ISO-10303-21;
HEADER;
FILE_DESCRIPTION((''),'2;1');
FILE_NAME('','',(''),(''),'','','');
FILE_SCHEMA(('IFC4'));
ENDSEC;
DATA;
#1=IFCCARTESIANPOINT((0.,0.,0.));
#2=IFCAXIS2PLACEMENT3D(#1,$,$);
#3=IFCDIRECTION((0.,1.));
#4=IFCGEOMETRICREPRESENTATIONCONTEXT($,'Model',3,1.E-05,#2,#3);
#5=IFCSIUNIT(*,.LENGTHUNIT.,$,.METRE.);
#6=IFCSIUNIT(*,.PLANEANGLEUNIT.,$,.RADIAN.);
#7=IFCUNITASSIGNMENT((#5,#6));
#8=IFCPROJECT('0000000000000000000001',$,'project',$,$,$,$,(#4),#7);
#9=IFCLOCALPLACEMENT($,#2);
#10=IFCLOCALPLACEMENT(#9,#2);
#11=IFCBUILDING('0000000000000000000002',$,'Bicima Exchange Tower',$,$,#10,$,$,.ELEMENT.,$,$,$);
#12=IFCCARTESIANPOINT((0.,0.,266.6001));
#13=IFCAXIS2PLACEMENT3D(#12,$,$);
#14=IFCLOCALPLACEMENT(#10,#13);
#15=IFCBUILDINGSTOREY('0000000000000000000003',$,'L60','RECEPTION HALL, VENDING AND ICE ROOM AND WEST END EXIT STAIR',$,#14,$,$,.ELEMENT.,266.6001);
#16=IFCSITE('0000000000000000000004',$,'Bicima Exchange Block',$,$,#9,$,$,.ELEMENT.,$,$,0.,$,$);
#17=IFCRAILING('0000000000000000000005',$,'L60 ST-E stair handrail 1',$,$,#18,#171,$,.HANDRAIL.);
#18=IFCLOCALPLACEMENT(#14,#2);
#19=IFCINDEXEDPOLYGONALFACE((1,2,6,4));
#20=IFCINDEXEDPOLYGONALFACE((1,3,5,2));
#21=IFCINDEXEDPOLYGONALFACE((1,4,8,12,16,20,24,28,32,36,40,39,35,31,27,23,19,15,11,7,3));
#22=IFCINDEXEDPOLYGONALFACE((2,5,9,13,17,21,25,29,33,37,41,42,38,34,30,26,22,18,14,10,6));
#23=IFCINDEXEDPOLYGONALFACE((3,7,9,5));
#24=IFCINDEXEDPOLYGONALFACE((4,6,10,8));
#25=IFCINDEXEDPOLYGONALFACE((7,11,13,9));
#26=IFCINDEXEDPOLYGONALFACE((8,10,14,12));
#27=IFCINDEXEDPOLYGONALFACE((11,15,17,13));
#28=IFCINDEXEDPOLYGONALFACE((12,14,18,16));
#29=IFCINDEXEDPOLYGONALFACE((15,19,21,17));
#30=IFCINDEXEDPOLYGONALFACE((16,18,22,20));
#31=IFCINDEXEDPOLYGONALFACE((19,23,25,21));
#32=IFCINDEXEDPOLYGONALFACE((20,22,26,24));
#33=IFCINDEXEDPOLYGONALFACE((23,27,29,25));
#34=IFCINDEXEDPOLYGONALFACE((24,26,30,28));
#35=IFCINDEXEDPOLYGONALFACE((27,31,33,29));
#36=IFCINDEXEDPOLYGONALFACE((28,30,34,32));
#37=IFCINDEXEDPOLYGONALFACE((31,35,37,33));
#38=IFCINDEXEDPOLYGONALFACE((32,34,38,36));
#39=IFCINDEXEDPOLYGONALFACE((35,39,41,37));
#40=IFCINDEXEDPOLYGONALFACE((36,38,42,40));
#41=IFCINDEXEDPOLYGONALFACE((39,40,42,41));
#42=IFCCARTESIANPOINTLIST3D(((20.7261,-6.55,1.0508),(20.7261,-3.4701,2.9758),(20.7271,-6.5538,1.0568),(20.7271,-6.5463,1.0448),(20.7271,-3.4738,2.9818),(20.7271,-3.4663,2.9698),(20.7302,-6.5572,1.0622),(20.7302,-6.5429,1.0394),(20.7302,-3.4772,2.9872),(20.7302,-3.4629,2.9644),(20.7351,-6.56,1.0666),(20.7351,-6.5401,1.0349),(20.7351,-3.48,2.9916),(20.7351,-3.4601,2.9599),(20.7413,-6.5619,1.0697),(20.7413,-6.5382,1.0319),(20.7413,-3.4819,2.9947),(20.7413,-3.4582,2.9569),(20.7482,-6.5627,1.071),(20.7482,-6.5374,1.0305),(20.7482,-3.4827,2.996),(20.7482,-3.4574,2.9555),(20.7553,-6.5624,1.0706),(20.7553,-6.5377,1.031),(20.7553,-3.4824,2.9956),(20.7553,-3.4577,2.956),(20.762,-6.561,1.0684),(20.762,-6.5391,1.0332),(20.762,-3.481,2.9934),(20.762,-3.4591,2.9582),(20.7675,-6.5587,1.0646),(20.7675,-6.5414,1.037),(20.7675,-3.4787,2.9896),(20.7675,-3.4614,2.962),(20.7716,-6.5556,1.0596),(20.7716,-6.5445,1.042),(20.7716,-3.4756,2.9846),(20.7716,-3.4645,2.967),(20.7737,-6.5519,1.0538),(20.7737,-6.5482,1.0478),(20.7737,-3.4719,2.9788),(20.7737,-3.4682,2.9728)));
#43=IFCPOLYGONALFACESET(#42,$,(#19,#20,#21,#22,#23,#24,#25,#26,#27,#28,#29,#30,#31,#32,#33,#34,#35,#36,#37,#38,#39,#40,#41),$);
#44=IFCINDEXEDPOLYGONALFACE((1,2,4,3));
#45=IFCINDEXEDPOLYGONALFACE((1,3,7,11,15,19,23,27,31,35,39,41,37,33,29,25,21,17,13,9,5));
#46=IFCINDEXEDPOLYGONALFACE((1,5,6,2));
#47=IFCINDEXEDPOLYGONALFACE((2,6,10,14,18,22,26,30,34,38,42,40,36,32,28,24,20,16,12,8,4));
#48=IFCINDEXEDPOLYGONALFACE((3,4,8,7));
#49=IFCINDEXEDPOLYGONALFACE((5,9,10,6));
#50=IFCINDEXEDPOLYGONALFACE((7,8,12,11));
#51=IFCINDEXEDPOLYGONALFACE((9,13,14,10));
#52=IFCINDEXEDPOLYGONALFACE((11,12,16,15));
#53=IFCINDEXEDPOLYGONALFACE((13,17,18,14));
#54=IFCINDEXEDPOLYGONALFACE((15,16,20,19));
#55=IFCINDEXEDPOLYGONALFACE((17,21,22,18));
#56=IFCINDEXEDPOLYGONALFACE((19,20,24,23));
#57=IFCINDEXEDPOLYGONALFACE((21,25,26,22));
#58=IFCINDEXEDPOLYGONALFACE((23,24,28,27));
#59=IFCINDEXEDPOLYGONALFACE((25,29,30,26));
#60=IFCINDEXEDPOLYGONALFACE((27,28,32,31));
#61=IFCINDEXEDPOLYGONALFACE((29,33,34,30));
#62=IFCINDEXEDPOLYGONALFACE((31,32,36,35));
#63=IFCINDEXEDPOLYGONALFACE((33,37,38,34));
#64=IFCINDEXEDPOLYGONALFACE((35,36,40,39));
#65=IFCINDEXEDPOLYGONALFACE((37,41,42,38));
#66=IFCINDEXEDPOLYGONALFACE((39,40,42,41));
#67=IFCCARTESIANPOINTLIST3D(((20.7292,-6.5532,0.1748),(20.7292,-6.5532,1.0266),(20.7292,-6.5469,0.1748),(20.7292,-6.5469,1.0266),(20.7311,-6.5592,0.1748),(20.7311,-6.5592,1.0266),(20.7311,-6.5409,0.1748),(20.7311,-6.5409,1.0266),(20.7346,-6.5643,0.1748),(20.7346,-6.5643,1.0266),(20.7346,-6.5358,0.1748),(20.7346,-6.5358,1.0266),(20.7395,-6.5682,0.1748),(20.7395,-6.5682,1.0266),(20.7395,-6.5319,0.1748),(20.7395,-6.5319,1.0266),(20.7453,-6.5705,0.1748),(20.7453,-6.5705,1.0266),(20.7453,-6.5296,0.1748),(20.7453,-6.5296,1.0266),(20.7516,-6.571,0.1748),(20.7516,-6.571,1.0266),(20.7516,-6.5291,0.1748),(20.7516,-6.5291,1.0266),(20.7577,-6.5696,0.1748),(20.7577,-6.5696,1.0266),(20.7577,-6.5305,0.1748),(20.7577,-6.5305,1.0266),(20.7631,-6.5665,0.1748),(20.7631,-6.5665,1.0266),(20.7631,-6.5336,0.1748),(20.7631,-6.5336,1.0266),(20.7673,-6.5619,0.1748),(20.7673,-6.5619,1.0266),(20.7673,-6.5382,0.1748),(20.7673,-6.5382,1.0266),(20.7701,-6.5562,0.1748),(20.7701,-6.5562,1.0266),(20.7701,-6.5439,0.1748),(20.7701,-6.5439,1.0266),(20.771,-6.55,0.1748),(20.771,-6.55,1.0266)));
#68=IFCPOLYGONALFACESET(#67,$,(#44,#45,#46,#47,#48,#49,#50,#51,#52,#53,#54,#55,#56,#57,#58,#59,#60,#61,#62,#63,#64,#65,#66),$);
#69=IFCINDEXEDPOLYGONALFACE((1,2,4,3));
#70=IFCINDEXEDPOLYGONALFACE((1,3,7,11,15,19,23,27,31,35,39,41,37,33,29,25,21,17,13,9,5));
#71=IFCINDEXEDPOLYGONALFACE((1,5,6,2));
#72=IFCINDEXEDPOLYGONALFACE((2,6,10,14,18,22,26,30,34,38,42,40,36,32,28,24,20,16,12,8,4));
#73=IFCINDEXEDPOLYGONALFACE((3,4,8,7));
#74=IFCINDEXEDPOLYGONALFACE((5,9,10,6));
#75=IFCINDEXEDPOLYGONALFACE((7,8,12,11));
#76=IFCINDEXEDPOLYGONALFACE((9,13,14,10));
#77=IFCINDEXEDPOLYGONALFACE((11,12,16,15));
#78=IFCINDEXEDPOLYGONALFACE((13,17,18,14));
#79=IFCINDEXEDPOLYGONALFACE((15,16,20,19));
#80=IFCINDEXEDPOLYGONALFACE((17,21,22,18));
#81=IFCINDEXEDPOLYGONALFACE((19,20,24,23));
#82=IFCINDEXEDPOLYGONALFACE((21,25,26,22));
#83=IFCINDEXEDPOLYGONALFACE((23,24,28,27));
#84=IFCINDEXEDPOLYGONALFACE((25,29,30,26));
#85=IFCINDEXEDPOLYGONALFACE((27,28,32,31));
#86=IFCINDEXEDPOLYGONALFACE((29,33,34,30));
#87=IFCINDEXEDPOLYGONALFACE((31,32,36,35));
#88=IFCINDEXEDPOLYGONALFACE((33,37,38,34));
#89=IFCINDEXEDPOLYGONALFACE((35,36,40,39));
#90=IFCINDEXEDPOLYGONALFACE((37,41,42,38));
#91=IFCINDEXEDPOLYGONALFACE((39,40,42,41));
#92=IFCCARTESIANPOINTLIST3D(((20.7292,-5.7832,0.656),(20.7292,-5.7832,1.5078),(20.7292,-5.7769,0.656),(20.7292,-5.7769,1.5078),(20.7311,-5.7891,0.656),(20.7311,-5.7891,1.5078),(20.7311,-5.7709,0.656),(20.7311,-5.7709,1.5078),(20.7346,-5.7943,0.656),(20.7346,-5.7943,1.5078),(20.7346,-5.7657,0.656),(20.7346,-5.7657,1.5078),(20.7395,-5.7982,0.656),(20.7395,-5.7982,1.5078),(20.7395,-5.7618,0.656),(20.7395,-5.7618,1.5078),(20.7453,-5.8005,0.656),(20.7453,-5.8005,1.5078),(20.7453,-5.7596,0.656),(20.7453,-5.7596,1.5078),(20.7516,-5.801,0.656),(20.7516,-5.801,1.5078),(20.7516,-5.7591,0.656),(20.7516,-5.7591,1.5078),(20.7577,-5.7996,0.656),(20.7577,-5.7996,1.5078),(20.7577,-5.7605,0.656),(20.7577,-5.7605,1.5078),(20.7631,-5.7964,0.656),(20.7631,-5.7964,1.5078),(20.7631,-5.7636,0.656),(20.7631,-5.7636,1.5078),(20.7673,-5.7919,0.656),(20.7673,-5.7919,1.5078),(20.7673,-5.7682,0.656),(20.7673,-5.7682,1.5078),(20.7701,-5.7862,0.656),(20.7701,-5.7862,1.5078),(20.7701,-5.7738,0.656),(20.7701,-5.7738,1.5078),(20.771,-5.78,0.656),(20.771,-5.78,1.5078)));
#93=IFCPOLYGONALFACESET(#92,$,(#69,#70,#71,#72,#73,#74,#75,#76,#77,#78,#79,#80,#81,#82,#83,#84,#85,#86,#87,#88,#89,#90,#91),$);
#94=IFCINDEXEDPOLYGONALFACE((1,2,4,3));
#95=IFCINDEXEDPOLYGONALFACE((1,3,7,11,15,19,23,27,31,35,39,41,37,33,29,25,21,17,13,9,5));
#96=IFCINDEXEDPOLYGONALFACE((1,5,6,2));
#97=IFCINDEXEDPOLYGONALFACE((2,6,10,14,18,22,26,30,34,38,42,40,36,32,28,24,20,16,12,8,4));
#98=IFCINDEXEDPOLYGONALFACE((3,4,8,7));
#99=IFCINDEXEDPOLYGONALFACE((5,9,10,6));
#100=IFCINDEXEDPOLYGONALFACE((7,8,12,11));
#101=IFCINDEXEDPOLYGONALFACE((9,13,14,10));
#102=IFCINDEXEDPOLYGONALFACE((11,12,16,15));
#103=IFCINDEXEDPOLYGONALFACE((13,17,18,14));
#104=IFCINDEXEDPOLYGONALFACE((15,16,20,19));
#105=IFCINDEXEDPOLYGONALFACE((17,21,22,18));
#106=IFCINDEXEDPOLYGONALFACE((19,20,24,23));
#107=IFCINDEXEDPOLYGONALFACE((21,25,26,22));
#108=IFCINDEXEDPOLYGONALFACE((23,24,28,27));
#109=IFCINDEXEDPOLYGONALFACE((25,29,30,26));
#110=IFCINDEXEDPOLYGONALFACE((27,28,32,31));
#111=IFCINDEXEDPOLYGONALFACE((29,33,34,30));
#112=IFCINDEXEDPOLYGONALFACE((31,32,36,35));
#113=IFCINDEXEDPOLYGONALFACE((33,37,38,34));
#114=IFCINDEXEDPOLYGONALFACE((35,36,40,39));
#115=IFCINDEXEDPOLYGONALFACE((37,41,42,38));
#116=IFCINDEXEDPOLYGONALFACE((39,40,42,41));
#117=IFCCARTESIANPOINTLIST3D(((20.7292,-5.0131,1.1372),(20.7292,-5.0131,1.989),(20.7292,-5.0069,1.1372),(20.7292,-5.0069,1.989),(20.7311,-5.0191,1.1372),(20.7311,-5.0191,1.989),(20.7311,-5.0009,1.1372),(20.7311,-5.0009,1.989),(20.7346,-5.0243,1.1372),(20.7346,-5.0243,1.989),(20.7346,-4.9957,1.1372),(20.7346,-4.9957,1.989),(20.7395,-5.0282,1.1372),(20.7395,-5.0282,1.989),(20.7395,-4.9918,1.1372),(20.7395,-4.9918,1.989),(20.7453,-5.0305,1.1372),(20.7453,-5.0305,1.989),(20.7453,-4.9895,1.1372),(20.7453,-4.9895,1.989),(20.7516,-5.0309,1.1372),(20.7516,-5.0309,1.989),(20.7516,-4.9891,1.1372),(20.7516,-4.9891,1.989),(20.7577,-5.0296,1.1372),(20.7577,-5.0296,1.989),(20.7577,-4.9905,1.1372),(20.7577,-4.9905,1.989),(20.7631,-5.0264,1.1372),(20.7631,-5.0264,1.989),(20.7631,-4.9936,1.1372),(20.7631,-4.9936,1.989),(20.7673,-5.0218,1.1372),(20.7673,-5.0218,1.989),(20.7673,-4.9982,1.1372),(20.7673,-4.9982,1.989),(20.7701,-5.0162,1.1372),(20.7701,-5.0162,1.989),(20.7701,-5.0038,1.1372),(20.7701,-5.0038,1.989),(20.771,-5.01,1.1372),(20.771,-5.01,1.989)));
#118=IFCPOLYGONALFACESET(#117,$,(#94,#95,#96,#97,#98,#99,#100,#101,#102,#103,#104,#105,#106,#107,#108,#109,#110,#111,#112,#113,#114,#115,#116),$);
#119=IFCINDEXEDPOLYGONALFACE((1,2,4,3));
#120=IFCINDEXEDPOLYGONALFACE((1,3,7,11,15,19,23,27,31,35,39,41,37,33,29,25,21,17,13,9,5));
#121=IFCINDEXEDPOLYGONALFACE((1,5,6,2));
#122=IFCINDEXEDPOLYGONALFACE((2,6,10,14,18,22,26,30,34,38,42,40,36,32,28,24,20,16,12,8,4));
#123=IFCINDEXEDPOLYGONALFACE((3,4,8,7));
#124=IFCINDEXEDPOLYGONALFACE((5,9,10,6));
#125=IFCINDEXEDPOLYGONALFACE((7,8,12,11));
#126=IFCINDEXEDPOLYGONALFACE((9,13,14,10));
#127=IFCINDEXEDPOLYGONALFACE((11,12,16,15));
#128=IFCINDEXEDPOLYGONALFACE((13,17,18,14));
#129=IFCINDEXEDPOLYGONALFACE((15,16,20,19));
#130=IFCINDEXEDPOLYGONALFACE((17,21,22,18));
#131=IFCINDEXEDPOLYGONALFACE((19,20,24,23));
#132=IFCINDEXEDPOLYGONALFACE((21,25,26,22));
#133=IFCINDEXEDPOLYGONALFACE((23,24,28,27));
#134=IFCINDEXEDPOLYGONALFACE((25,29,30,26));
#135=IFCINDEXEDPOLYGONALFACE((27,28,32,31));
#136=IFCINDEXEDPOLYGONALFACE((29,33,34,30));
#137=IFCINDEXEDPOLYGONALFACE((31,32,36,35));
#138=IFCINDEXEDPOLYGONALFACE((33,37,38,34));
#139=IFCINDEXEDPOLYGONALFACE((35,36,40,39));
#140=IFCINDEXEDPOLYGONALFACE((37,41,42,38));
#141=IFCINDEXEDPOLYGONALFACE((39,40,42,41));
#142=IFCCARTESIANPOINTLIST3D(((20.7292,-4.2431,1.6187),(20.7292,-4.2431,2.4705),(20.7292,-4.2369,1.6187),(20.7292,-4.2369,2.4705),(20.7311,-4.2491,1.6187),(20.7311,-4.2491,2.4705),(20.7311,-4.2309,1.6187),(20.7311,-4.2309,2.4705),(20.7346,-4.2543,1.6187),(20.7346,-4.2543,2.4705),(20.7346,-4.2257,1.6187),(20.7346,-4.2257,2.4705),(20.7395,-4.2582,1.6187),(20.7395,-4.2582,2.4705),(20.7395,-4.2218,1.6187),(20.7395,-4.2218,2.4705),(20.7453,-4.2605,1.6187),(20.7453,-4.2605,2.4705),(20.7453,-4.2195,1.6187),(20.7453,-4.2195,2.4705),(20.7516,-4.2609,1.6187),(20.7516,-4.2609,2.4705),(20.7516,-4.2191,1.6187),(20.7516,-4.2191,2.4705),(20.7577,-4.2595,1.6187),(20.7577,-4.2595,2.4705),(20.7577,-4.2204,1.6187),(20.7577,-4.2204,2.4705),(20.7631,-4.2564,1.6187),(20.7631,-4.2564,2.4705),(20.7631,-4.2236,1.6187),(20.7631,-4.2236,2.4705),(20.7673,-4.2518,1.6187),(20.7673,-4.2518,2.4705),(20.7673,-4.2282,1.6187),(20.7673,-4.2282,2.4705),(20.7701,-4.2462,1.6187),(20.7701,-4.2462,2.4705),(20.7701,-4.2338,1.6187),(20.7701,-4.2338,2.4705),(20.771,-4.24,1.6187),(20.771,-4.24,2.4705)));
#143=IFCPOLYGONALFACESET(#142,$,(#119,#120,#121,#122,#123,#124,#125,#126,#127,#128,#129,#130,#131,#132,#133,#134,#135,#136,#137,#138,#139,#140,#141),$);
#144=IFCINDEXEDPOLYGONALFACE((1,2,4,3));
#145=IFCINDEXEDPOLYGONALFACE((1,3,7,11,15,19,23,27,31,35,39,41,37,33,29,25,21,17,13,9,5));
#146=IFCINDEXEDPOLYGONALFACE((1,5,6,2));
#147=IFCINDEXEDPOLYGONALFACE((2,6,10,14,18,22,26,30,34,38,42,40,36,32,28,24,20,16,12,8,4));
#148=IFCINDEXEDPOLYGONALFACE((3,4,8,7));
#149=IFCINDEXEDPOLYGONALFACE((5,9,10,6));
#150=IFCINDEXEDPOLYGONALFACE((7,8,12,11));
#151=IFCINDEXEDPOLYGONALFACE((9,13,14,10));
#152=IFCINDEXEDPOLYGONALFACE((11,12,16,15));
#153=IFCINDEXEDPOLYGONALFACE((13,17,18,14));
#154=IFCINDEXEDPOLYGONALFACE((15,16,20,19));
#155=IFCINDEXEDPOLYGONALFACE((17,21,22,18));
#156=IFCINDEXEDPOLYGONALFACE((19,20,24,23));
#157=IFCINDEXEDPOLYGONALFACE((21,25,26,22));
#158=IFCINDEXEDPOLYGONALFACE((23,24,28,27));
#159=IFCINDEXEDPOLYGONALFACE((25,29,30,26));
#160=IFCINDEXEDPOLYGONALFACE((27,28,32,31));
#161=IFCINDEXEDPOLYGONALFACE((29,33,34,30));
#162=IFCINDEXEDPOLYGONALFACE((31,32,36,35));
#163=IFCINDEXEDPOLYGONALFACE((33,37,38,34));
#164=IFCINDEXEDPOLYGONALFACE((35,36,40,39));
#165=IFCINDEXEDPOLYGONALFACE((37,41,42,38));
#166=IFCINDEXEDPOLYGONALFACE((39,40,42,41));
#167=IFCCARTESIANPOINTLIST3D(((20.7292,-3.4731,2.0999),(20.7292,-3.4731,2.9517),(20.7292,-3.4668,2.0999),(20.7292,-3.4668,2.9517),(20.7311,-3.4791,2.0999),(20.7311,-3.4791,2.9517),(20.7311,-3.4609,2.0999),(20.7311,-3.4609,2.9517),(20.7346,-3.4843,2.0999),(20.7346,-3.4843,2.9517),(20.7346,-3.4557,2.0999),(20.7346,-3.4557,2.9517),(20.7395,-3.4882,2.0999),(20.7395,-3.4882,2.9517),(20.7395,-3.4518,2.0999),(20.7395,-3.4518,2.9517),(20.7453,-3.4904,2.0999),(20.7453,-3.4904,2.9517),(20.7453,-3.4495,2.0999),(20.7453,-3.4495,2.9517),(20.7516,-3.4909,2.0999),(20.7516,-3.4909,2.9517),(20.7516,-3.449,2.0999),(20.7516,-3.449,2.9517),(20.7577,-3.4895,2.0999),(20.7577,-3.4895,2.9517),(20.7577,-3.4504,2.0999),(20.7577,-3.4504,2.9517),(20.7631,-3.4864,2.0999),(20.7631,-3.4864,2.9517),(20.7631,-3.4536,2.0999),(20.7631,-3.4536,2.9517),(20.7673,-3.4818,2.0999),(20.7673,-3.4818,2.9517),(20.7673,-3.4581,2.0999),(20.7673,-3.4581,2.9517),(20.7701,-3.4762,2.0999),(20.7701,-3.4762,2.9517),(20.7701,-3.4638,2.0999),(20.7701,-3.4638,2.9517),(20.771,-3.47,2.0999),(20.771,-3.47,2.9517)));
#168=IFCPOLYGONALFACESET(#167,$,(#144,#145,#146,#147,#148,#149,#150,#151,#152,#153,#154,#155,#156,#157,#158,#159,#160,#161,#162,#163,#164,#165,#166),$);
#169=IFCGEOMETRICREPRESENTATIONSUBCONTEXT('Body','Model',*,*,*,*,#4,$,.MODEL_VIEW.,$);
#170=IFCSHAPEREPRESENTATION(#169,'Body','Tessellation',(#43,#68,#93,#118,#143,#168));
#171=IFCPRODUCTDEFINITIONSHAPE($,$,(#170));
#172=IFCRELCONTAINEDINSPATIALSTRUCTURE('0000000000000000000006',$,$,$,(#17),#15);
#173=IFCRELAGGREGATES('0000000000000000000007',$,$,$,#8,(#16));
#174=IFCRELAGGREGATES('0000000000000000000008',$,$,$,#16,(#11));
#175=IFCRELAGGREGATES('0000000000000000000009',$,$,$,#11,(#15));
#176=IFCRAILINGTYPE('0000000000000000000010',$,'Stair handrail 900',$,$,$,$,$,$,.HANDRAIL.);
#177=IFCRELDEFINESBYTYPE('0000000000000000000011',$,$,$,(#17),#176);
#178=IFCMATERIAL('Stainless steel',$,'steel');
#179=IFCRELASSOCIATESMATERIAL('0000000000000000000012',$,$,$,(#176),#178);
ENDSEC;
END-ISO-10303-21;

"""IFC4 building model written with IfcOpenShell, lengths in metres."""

from ifc_helpers import new_model, si_unit, direction, frame, origin, origin_2d, place, context, subcontext, project, spatial, circle, extrude, material, type_object, element, save


model = new_model("IFC4")

# Units and contexts
model_context = context("Model", 3, precision=1e-05, world=origin(), true_north=direction((0.0, 1.0)))
body_context = subcontext(model_context, "Body", "Model", "MODEL_VIEW")
ifc_project = project(units=[si_unit("LENGTHUNIT", "METRE"), si_unit("PLANEANGLEUNIT", "RADIAN")], contexts=[model_context])

# Site, building, storey
site_placement = place(None, origin())
site = spatial("IfcSite", under=ifc_project, at=site_placement, Name="Bicima Exchange Block", CompositionType="ELEMENT", RefElevation=0.0)
building_placement = place(site_placement, origin())
building = spatial("IfcBuilding", under=site, at=building_placement, Name="Bicima Exchange Tower", CompositionType="ELEMENT")
storey_placement = place(building_placement, frame((0.0, 0.0, 266.6001)))
storey = spatial("IfcBuildingStorey", under=building, at=storey_placement, Name="L60", Description="RECEPTION HALL, VENDING AND ICE ROOM AND WEST END EXIT STAIR", CompositionType="ELEMENT", Elevation=266.6001)

# Railing
ifc_material_1 = material(Name="Stainless steel", Category="steel")
railing_type_1 = type_object("IfcRailingType", Name="Stair handrail 900", PredefinedType="HANDRAIL", material=ifc_material_1)
railing_1_placement = place(storey_placement, frame((20.75, -6.55, 0.1748)))
element("IfcRailing", 1, at=railing_1_placement, inside=storey, type_object=railing_type_1, Name="L60 ST-E stair handrail 1", PredefinedType="HANDRAIL", context=body_context, shape_type="SweptSolid", body=[
    extrude(circle(Radius=0.0239, at=origin_2d()), frame((0.0, 0.0, 0.876), z_axis=(0.0, 0.847998, 0.529999), x_axis=(-1.0, 0.0, 0.0)), (0.0, 0.0, 1.0), 3.6321),
    extrude(circle(Radius=0.021, at=origin_2d()), origin(), (0.0, 0.0, 1.0), 0.8518),
    extrude(circle(Radius=0.021, at=origin_2d()), frame((0.0, 0.77, 0.4812)), (0.0, 0.0, 1.0), 0.8518),
    extrude(circle(Radius=0.021, at=origin_2d()), frame((0.0, 1.54, 0.9624)), (0.0, 0.0, 1.0), 0.8518),
    extrude(circle(Radius=0.021, at=origin_2d()), frame((0.0, 2.3101, 1.4438)), (0.0, 0.0, 1.0), 0.8518),
    extrude(circle(Radius=0.021, at=origin_2d()), frame((0.0, 3.0801, 1.925)), (0.0, 0.0, 1.0), 0.8518),
])

save(model, "model.ifc")
